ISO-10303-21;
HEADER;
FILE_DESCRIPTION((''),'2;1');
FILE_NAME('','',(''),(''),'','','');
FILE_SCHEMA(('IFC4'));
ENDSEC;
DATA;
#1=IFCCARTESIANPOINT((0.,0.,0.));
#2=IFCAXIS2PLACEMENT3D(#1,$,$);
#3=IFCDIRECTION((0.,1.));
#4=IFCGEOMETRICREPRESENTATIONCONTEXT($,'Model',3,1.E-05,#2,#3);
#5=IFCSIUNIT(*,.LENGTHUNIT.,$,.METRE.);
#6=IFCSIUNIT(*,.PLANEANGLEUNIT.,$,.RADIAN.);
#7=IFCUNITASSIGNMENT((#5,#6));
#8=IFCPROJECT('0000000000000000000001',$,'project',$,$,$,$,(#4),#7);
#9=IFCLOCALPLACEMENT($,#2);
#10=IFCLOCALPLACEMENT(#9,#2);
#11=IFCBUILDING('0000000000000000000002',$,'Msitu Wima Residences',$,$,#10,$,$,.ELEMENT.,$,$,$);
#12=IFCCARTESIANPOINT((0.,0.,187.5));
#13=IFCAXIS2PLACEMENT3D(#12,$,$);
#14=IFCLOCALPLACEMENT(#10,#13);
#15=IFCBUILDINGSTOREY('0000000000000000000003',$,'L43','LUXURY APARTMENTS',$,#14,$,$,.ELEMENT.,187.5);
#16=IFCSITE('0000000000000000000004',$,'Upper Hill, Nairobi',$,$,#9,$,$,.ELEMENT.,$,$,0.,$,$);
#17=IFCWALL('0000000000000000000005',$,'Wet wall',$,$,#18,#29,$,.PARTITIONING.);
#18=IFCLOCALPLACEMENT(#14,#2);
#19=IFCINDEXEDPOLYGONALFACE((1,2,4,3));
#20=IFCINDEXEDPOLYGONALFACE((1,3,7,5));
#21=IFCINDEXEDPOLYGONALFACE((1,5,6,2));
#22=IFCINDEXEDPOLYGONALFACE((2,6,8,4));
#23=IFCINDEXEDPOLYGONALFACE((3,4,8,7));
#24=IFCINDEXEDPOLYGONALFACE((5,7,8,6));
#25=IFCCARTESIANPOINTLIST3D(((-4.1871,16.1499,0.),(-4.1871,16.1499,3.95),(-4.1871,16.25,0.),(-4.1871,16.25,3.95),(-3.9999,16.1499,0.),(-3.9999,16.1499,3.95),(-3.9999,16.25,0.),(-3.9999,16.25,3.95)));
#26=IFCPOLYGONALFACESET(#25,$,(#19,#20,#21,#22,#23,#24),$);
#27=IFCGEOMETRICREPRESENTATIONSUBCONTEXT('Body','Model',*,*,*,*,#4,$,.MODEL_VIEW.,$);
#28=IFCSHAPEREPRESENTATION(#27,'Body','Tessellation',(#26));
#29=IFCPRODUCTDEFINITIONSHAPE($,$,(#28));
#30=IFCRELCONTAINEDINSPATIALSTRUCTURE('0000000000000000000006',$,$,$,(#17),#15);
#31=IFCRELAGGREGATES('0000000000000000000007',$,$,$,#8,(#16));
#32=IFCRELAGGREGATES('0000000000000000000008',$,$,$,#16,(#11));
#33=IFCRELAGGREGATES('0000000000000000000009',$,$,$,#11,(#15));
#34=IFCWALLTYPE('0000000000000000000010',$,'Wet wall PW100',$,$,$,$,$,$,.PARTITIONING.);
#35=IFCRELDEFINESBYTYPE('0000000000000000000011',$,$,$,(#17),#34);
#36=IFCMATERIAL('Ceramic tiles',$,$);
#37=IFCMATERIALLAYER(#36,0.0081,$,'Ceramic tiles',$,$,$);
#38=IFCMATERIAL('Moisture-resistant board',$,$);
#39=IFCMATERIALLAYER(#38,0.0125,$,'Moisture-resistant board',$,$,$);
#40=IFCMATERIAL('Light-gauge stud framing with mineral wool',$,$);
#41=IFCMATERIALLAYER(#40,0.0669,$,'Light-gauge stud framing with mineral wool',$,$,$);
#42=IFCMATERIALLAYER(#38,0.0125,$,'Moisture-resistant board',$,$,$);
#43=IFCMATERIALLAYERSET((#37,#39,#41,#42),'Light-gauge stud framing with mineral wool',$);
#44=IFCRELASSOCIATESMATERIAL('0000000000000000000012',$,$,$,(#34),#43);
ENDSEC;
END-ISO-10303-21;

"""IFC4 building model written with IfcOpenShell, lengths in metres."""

from ifc_helpers import new_model, si_unit, direction, frame, frame_2d, origin, place, context, subcontext, project, spatial, rectangle, extrude, material, layer, layer_set, type_object, element, save


model = new_model("IFC4")

# Units and contexts
model_context = context("Model", 3, precision=1e-05, world=origin(), true_north=direction((0.0, 1.0)))
body_context = subcontext(model_context, "Body", "Model", "MODEL_VIEW")
ifc_project = project(units=[si_unit("LENGTHUNIT", "METRE"), si_unit("PLANEANGLEUNIT", "RADIAN")], contexts=[model_context])

# Site, building, storey
site_placement = place(None, origin())
site = spatial("IfcSite", under=ifc_project, at=site_placement, Name="Upper Hill, Nairobi", CompositionType="ELEMENT", RefElevation=0.0)
building_placement = place(site_placement, origin())
building = spatial("IfcBuilding", under=site, at=building_placement, Name="Msitu Wima Residences", CompositionType="ELEMENT")
storey_placement = place(building_placement, frame((0.0, 0.0, 187.5)))
storey = spatial("IfcBuildingStorey", under=building, at=storey_placement, Name="L43", Description="LUXURY APARTMENTS", CompositionType="ELEMENT", Elevation=187.5)

# Shared definitions
ifc_material_1 = material(Name="Ceramic tiles")
ifc_layer_1 = layer(ifc_material_1, 0.0081, Name="Ceramic tiles")
ifc_material_2 = material(Name="Moisture-resistant board")
ifc_layer_2 = layer(ifc_material_2, 0.0125, Name="Moisture-resistant board")
ifc_material_3 = material(Name="Light-gauge stud framing with mineral wool")
ifc_layer_3 = layer(ifc_material_3, 0.0669, Name="Light-gauge stud framing with mineral wool")
ifc_layer_4 = layer(ifc_material_2, 0.0125, Name="Moisture-resistant board")
ifc_layer_set_1 = layer_set([ifc_layer_1, ifc_layer_2, ifc_layer_3, ifc_layer_4], Name="Light-gauge stud framing with mineral wool")
wall_type_1 = type_object("IfcWallType", Name="Wet wall PW100", PredefinedType="PARTITIONING", material=ifc_layer_set_1)

# Wall
wall_1_placement = place(storey_placement, frame((-4.1873, 16.2, 0.0), z_axis=(0.0, 0.0, 1.0), x_axis=(1.0, 0.0, 0.0)))
element("IfcWall", 1, at=wall_1_placement, inside=storey, type_object=wall_type_1, Name="Wet wall", PredefinedType="PARTITIONING", context=body_context, shape_type="SweptSolid", body=[
    extrude(rectangle(XDim=0.1873, YDim=0.1001, at=frame_2d((0.0938, 0.0))), origin(), (0.0, 0.0, 1.0), 3.95),
])

save(model, "model.ifc")
